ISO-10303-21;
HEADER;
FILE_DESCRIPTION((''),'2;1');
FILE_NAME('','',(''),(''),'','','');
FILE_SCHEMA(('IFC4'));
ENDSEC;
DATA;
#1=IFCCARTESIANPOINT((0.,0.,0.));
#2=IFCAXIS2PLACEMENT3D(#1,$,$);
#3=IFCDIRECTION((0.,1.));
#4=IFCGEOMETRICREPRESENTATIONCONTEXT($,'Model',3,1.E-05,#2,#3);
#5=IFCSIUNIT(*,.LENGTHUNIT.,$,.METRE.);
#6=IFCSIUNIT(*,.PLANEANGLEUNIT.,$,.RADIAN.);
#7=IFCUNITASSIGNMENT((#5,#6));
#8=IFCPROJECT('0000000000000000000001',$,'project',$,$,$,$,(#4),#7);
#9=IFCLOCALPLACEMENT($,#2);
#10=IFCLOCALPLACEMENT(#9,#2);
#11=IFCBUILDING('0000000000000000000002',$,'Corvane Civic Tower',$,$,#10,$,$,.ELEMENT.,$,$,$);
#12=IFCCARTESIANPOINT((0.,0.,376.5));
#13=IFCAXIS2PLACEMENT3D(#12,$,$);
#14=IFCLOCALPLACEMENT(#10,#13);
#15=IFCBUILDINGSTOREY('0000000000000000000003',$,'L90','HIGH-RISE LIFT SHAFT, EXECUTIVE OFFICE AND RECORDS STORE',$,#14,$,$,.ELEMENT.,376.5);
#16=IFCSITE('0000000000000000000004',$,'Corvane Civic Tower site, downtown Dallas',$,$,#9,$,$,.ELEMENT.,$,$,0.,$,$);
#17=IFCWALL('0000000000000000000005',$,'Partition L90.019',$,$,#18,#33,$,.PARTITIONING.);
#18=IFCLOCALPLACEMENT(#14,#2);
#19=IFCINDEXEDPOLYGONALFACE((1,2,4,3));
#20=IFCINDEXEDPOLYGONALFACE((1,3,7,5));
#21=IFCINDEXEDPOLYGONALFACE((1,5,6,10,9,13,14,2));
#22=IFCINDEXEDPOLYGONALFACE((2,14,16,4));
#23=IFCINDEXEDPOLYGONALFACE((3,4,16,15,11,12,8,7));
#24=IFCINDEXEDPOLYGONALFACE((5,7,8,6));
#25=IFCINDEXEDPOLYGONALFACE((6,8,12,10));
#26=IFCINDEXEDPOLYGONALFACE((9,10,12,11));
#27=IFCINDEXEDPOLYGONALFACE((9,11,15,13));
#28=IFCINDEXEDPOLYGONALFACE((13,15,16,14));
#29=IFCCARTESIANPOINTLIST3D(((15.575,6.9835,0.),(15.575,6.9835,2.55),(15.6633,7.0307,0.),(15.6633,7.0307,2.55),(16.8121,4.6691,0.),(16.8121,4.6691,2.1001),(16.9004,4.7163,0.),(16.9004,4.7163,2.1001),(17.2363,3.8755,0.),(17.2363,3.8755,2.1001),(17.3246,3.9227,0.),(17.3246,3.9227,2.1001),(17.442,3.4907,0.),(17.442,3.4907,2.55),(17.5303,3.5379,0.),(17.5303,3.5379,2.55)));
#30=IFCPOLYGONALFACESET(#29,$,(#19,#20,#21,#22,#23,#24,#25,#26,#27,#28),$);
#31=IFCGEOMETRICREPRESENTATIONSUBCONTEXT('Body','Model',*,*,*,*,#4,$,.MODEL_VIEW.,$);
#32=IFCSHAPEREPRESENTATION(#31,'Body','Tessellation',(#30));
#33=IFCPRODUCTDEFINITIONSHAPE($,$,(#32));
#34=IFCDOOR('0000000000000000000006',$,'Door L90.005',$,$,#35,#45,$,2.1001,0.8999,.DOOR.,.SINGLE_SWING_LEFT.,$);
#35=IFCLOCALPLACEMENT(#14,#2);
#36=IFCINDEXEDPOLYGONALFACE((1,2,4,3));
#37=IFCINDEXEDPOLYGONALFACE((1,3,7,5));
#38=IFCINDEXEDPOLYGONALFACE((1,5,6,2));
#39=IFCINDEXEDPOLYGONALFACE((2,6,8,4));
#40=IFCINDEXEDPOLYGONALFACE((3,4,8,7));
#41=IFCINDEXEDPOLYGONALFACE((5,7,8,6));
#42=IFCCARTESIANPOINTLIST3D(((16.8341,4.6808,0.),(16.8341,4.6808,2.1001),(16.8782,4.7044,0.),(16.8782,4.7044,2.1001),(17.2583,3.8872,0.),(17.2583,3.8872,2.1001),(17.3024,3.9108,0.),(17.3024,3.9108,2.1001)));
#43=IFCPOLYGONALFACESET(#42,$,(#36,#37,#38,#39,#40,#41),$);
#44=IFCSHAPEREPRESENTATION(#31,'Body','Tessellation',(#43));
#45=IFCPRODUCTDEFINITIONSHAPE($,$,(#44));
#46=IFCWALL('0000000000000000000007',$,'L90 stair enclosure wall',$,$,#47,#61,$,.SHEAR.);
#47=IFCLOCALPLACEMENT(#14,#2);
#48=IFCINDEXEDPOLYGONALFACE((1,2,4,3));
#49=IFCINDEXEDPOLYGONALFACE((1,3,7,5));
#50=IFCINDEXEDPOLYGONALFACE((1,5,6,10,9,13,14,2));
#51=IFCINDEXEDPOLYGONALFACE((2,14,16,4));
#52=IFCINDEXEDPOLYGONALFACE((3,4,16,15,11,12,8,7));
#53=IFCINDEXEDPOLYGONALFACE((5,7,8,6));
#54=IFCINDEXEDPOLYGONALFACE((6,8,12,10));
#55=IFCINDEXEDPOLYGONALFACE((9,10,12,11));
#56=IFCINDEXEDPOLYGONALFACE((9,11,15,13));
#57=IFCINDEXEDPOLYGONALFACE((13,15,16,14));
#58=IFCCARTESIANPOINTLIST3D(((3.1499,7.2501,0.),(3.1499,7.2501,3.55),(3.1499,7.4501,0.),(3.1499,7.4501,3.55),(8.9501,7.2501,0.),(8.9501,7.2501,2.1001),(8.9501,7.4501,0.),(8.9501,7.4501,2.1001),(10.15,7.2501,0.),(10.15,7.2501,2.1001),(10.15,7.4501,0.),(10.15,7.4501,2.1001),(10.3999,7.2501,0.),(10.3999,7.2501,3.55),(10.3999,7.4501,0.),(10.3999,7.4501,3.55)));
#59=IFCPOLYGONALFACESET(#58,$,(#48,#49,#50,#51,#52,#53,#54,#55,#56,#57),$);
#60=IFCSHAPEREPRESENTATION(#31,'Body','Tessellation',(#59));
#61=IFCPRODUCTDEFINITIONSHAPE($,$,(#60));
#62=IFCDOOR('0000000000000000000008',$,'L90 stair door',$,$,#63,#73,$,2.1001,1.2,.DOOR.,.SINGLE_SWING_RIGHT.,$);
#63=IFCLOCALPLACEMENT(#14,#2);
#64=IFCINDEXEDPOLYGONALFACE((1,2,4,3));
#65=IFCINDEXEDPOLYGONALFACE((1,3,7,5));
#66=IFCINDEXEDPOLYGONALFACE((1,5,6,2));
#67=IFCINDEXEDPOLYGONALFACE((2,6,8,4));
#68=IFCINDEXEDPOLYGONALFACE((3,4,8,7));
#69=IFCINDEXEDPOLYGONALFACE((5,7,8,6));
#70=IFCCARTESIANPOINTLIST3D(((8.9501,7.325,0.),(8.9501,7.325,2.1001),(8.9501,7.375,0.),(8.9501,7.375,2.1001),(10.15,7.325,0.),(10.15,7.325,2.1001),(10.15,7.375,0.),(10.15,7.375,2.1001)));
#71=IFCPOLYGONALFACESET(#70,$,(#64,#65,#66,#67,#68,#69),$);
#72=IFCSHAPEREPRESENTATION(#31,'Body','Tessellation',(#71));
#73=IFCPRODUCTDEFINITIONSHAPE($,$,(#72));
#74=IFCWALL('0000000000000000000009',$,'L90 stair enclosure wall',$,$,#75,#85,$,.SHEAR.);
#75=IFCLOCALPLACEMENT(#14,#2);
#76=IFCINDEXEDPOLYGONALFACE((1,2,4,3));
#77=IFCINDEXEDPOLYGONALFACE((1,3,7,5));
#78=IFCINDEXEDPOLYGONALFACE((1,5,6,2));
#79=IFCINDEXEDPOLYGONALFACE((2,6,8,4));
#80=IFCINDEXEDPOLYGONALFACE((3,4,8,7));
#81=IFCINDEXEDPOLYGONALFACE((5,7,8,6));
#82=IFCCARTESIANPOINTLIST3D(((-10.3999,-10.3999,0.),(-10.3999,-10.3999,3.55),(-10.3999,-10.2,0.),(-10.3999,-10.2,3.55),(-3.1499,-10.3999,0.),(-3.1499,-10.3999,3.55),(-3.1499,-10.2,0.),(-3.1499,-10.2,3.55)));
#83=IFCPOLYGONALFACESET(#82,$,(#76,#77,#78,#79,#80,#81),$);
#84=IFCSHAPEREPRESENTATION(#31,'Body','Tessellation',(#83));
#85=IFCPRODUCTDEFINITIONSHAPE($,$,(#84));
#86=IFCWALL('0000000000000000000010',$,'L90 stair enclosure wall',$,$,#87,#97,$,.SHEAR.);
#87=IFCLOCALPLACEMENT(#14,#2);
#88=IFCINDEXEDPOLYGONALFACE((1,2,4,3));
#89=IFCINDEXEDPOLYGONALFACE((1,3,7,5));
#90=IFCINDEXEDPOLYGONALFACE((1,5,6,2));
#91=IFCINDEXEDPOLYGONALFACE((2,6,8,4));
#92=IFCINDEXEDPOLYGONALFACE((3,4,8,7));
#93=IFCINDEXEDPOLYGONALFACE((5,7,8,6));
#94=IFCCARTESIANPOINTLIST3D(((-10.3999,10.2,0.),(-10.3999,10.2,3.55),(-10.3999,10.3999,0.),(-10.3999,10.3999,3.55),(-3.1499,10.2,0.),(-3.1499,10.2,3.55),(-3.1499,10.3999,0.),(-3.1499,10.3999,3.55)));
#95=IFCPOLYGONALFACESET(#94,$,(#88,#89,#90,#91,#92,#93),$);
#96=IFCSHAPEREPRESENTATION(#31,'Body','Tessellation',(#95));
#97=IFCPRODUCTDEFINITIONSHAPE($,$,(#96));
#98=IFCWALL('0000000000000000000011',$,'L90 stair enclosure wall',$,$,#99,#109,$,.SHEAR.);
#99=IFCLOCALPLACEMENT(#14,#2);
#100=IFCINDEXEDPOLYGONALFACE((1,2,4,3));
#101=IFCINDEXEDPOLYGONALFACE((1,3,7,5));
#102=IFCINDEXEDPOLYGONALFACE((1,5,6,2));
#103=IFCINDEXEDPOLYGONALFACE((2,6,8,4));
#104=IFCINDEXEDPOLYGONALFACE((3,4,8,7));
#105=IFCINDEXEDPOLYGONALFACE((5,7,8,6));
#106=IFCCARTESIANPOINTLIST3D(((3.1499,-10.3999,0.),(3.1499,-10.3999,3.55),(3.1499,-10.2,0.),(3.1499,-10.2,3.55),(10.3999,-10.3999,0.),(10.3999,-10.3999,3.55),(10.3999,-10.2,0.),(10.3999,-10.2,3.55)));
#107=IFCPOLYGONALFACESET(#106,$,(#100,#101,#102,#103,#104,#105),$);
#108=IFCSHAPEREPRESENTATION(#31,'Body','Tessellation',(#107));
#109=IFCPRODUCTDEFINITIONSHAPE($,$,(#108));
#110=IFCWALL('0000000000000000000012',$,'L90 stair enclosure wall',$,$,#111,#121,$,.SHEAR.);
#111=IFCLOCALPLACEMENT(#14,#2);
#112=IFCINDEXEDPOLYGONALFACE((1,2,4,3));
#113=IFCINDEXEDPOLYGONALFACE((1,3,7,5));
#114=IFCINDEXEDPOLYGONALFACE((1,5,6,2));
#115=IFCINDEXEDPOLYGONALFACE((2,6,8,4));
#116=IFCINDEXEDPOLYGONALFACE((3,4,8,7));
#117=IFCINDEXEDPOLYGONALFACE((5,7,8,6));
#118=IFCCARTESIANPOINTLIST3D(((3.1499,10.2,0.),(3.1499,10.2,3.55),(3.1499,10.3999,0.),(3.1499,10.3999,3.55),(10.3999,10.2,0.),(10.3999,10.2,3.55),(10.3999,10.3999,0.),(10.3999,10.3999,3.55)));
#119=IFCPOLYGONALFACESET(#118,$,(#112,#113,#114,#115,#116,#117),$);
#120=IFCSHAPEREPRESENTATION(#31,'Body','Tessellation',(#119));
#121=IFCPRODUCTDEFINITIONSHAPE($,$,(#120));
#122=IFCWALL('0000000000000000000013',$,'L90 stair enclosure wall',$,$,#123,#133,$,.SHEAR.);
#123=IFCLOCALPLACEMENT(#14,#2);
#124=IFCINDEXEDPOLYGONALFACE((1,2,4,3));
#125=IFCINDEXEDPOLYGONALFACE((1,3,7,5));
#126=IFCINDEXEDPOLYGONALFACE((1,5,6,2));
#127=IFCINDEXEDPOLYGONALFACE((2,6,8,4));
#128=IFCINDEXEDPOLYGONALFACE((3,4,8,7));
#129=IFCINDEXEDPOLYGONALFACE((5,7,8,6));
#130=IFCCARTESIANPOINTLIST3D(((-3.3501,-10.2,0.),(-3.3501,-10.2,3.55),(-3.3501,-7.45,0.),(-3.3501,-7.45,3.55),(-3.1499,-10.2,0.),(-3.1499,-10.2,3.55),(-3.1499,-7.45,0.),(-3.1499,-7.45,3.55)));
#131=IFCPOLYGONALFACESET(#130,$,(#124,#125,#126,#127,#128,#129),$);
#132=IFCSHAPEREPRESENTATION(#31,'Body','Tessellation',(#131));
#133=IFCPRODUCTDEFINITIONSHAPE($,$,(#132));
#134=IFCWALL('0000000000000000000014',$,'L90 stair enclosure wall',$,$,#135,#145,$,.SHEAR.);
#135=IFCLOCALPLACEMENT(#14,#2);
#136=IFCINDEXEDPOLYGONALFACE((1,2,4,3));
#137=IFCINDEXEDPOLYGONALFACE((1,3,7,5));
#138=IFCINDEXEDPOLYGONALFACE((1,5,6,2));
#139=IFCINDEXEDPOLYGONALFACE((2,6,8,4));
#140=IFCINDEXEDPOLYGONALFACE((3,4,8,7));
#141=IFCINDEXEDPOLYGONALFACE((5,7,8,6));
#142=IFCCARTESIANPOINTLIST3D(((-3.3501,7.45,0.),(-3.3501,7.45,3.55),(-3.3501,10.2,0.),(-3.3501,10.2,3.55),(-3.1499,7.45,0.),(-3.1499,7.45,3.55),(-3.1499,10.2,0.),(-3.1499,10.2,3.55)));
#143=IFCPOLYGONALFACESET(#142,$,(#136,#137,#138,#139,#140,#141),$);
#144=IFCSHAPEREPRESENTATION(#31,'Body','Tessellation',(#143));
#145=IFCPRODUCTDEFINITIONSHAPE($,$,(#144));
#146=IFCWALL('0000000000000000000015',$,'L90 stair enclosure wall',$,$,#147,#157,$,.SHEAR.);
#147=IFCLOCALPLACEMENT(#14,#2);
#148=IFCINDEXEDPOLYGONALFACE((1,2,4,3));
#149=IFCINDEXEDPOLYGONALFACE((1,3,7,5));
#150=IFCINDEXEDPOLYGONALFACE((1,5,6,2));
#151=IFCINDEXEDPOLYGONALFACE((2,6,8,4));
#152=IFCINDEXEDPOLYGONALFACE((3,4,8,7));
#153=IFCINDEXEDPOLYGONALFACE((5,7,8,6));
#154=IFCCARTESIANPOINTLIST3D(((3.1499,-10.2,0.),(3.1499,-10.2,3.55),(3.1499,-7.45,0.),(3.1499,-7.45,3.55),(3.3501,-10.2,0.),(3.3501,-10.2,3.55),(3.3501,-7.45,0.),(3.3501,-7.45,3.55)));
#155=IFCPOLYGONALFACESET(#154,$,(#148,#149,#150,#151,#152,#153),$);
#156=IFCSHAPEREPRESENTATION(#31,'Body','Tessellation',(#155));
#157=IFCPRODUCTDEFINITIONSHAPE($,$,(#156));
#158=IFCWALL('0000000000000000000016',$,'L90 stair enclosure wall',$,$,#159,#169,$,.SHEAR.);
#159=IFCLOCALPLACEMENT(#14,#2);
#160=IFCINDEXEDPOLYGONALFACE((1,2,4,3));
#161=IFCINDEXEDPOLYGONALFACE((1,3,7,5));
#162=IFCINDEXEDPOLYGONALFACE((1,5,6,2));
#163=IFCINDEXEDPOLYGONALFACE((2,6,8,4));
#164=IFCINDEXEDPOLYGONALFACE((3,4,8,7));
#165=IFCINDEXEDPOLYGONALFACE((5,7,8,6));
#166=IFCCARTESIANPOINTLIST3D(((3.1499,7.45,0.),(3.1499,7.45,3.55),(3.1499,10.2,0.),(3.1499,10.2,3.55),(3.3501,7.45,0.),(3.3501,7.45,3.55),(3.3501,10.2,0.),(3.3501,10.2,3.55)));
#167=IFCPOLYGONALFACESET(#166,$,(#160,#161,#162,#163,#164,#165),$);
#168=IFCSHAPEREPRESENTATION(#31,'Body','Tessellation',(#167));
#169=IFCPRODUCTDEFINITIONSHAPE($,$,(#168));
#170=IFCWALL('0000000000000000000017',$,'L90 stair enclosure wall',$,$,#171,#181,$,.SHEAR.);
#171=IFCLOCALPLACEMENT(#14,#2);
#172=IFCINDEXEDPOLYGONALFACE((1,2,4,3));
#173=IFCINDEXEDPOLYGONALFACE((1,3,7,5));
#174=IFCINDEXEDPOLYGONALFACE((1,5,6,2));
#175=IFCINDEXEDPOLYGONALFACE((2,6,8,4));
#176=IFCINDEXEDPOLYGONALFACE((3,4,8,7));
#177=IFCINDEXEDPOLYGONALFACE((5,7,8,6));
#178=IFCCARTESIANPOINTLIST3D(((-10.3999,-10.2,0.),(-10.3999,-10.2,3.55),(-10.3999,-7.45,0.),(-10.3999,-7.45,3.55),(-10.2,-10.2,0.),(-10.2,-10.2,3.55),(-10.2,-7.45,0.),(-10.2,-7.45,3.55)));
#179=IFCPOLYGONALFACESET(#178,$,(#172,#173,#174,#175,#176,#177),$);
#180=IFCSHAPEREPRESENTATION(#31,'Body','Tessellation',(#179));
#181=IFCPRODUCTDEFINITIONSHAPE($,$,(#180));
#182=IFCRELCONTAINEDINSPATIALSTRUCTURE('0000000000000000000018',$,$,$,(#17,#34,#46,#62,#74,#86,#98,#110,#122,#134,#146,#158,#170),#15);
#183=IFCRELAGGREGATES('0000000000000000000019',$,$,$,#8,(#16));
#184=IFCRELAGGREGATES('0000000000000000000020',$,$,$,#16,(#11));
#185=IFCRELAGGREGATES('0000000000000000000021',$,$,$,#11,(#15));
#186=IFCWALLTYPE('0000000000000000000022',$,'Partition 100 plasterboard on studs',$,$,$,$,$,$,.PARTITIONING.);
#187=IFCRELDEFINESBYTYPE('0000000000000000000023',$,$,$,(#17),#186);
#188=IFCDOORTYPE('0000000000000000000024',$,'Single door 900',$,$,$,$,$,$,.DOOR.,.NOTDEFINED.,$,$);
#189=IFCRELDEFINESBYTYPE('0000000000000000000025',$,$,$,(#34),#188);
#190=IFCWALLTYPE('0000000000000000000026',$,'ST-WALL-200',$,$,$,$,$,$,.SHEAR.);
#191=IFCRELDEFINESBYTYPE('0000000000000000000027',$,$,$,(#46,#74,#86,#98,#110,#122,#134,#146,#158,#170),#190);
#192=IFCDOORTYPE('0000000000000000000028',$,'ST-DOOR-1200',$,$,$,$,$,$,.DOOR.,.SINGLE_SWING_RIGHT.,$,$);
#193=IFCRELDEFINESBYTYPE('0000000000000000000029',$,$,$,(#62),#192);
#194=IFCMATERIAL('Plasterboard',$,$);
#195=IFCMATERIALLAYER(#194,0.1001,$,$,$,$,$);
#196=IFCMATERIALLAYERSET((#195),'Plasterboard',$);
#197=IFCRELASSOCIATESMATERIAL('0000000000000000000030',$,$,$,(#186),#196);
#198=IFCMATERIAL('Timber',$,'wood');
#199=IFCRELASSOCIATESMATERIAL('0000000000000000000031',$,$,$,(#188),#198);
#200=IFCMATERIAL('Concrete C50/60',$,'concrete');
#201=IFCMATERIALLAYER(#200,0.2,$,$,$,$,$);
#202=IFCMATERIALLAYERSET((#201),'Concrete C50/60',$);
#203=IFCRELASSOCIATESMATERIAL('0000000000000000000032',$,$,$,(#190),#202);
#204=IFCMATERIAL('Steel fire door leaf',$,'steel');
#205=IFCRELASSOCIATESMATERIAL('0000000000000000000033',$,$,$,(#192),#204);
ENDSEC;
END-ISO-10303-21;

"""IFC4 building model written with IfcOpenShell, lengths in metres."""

from ifc_helpers import new_model, si_unit, direction, frame, frame_2d, origin, place, context, subcontext, project, spatial, polyline, rectangle, outline, extrude, material, layer, layer_set, type_object, element, fill, save


model = new_model("IFC4")

# Units and contexts
model_context = context("Model", 3, precision=1e-05, world=origin(), true_north=direction((0.0, 1.0)))
body_context = subcontext(model_context, "Body", "Model", "MODEL_VIEW")
ifc_project = project(units=[si_unit("LENGTHUNIT", "METRE"), si_unit("PLANEANGLEUNIT", "RADIAN")], contexts=[model_context])

# Site, building, storey
site_placement = place(None, origin())
site = spatial("IfcSite", under=ifc_project, at=site_placement, Name="Corvane Civic Tower site, downtown Dallas", CompositionType="ELEMENT", RefElevation=0.0)
building_placement = place(site_placement, origin())
building = spatial("IfcBuilding", under=site, at=building_placement, Name="Corvane Civic Tower", CompositionType="ELEMENT")
storey_placement = place(building_placement, frame((0.0, 0.0, 376.5)))
storey = spatial("IfcBuildingStorey", under=building, at=storey_placement, Name="L90", Description="HIGH-RISE LIFT SHAFT, EXECUTIVE OFFICE AND RECORDS STORE", CompositionType="ELEMENT", Elevation=376.5)

# Shared definitions
ifc_material_1 = material(Name="Plasterboard")
ifc_layer_1 = layer(ifc_material_1, 0.1001)
ifc_layer_set_1 = layer_set([ifc_layer_1], Name="Plasterboard")
wall_type_1 = type_object("IfcWallType", Name="Partition 100 plasterboard on studs", PredefinedType="PARTITIONING", material=ifc_layer_set_1)

# Walls, openings, doors
wall_1_placement = place(storey_placement, frame((15.6191, 7.0071, 0.0), z_axis=(0.0, 0.0, 1.0), x_axis=(0.47141, -0.881914, 0.0)))
wall_1 = element("IfcWall", 1, at=wall_1_placement, inside=storey, type_object=wall_type_1, Name="Partition L90.019", PredefinedType="PARTITIONING", context=body_context, shape_type="SweptSolid", body=[
    extrude(rectangle(XDim=3.9604, YDim=0.1001, at=frame_2d((1.9802, 0.0))), origin(), (0.0, 0.0, 1.0), 2.55),
])
opening_1_placement = place(wall_1_placement, frame((2.6243, 0.0, 0.0)))
opening_1 = element("IfcOpeningElement", 2, at=opening_1_placement, cuts=wall_1, PredefinedType="OPENING", context=body_context, shape_type="SweptSolid", body=[
    extrude(rectangle(XDim=0.8999, YDim=2.1001, at=frame_2d((0.45, 1.05))), frame((0.0, 0.0601, 0.0), z_axis=(0.0, -1.0, 0.0), x_axis=(1.0, 0.0, 0.0)), (0.0, 0.0, 1.0), 0.1201),
])
ifc_material_2 = material(Name="Timber", Category="wood")
door_type_1 = type_object("IfcDoorType", Name="Single door 900", OperationType="NOTDEFINED", PredefinedType="DOOR", material=ifc_material_2)
door_1_placement = place(opening_1_placement, origin())
door_1 = element("IfcDoor", 3, at=door_1_placement, inside=storey, type_object=door_type_1, Name="Door L90.005", OperationType="SINGLE_SWING_LEFT", OverallHeight=2.1001, OverallWidth=0.8999, PredefinedType="DOOR", context=body_context, shape_type="SweptSolid", body=[
    extrude(rectangle(XDim=0.8999, YDim=2.1001, at=frame_2d((0.45, 1.05))), frame((0.0, 0.0249, 0.0), z_axis=(0.0, -1.0, 0.0), x_axis=(1.0, 0.0, 0.0)), (0.0, 0.0, 1.0), 0.05),
])
fill(opening_1, door_1)
ifc_material_3 = material(Name="Concrete C50/60", Category="concrete")
ifc_layer_2 = layer(ifc_material_3, 0.2)
ifc_layer_set_2 = layer_set([ifc_layer_2], Name="Concrete C50/60")
wall_type_2 = type_object("IfcWallType", Name="ST-WALL-200", PredefinedType="SHEAR", material=ifc_layer_set_2)
wall_2_placement = place(storey_placement, frame((3.1499, 7.3501, 0.0), z_axis=(0.0, 0.0, 1.0), x_axis=(1.0, 0.0, 0.0)))
wall_2 = element("IfcWall", 4, at=wall_2_placement, inside=storey, type_object=wall_type_2, Name="L90 stair enclosure wall", PredefinedType="SHEAR", context=body_context, shape_type="SweptSolid", body=[
    extrude(rectangle(XDim=7.25, YDim=0.2, at=frame_2d((3.625, 0.0))), origin(), (0.0, 0.0, 1.0), 3.55),
])
opening_2_placement = place(wall_2_placement, frame((5.8, 0.0, 0.0)))
opening_2 = element("IfcOpeningElement", 5, at=opening_2_placement, cuts=wall_2, PredefinedType="OPENING", context=body_context, shape_type="SweptSolid", body=[
    extrude(rectangle(XDim=1.2, YDim=2.1001, at=frame_2d((0.6001, 1.05))), frame((0.0, 0.1099, 0.0), z_axis=(0.0, -1.0, 0.0), x_axis=(1.0, 0.0, 0.0)), (0.0, 0.0, 1.0), 0.22),
])
ifc_material_4 = material(Name="Steel fire door leaf", Category="steel")
door_type_2 = type_object("IfcDoorType", Name="ST-DOOR-1200", OperationType="SINGLE_SWING_RIGHT", PredefinedType="DOOR", material=ifc_material_4)
door_2_placement = place(opening_2_placement, origin())
door_2 = element("IfcDoor", 6, at=door_2_placement, inside=storey, type_object=door_type_2, Name="L90 stair door", OperationType="SINGLE_SWING_RIGHT", OverallHeight=2.1001, OverallWidth=1.2, PredefinedType="DOOR", context=body_context, shape_type="SweptSolid", body=[
    extrude(rectangle(XDim=1.2, YDim=2.1001, at=frame_2d((0.6001, 1.05))), frame((0.0, 0.0249, 0.0), z_axis=(0.0, -1.0, 0.0), x_axis=(1.0, 0.0, 0.0)), (0.0, 0.0, 1.0), 0.05),
])
fill(opening_2, door_2)

# Walls
wall_3_placement = place(storey_placement, origin())
element("IfcWall", 7, at=wall_3_placement, inside=storey, type_object=wall_type_2, Name="L90 stair enclosure wall", PredefinedType="SHEAR", context=body_context, shape_type="SweptSolid", body=[
    extrude(outline(polyline([(-3.1499, -10.2), (-3.1499, -10.3999), (-10.3999, -10.3999), (-10.3999, -10.2), (-3.1499, -10.2)])), origin(), (0.0, 0.0, 1.0), 3.55),
])
wall_4_placement = place(storey_placement, origin())
element("IfcWall", 8, at=wall_4_placement, inside=storey, type_object=wall_type_2, Name="L90 stair enclosure wall", PredefinedType="SHEAR", context=body_context, shape_type="SweptSolid", body=[
    extrude(outline(polyline([(-3.1499, 10.2), (-10.3999, 10.2), (-10.3999, 10.3999), (-3.1499, 10.3999), (-3.1499, 10.2)])), origin(), (0.0, 0.0, 1.0), 3.55),
])
wall_5_placement = place(storey_placement, origin())
element("IfcWall", 9, at=wall_5_placement, inside=storey, type_object=wall_type_2, Name="L90 stair enclosure wall", PredefinedType="SHEAR", context=body_context, shape_type="SweptSolid", body=[
    extrude(outline(polyline([(10.3999, -10.3999), (3.1499, -10.3999), (3.1499, -10.2), (10.3999, -10.2), (10.3999, -10.3999)])), origin(), (0.0, 0.0, 1.0), 3.55),
])
wall_6_placement = place(storey_placement, origin())
element("IfcWall", 10, at=wall_6_placement, inside=storey, type_object=wall_type_2, Name="L90 stair enclosure wall", PredefinedType="SHEAR", context=body_context, shape_type="SweptSolid", body=[
    extrude(outline(polyline([(10.3999, 10.2), (3.1499, 10.2), (3.1499, 10.3999), (10.3999, 10.3999), (10.3999, 10.2)])), origin(), (0.0, 0.0, 1.0), 3.55),
])
wall_7_placement = place(storey_placement, origin())
element("IfcWall", 11, at=wall_7_placement, inside=storey, type_object=wall_type_2, Name="L90 stair enclosure wall", PredefinedType="SHEAR", context=body_context, shape_type="SweptSolid", body=[
    extrude(outline(polyline([(-3.1499, -7.45), (-3.1499, -10.2), (-3.3501, -10.2), (-3.3501, -7.45), (-3.1499, -7.45)])), origin(), (0.0, 0.0, 1.0), 3.55),
])
wall_8_placement = place(storey_placement, origin())
element("IfcWall", 12, at=wall_8_placement, inside=storey, type_object=wall_type_2, Name="L90 stair enclosure wall", PredefinedType="SHEAR", context=body_context, shape_type="SweptSolid", body=[
    extrude(outline(polyline([(-3.1499, 7.45), (-3.3501, 7.45), (-3.3501, 10.2), (-3.1499, 10.2), (-3.1499, 7.45)])), origin(), (0.0, 0.0, 1.0), 3.55),
])
wall_9_placement = place(storey_placement, origin())
element("IfcWall", 13, at=wall_9_placement, inside=storey, type_object=wall_type_2, Name="L90 stair enclosure wall", PredefinedType="SHEAR", context=body_context, shape_type="SweptSolid", body=[
    extrude(outline(polyline([(3.3501, -7.45), (3.3501, -10.2), (3.1499, -10.2), (3.1499, -7.45), (3.3501, -7.45)])), origin(), (0.0, 0.0, 1.0), 3.55),
])
wall_10_placement = place(storey_placement, origin())
element("IfcWall", 14, at=wall_10_placement, inside=storey, type_object=wall_type_2, Name="L90 stair enclosure wall", PredefinedType="SHEAR", context=body_context, shape_type="SweptSolid", body=[
    extrude(outline(polyline([(3.3501, 7.45), (3.1499, 7.45), (3.1499, 10.2), (3.3501, 10.2), (3.3501, 7.45)])), origin(), (0.0, 0.0, 1.0), 3.55),
])
wall_11_placement = place(storey_placement, origin())
element("IfcWall", 15, at=wall_11_placement, inside=storey, type_object=wall_type_2, Name="L90 stair enclosure wall", PredefinedType="SHEAR", context=body_context, shape_type="SweptSolid", body=[
    extrude(outline(polyline([(-10.2, -7.45), (-10.2, -10.2), (-10.3999, -10.2), (-10.3999, -7.45), (-10.2, -7.45)])), origin(), (0.0, 0.0, 1.0), 3.55),
])

save(model, "model.ifc")
